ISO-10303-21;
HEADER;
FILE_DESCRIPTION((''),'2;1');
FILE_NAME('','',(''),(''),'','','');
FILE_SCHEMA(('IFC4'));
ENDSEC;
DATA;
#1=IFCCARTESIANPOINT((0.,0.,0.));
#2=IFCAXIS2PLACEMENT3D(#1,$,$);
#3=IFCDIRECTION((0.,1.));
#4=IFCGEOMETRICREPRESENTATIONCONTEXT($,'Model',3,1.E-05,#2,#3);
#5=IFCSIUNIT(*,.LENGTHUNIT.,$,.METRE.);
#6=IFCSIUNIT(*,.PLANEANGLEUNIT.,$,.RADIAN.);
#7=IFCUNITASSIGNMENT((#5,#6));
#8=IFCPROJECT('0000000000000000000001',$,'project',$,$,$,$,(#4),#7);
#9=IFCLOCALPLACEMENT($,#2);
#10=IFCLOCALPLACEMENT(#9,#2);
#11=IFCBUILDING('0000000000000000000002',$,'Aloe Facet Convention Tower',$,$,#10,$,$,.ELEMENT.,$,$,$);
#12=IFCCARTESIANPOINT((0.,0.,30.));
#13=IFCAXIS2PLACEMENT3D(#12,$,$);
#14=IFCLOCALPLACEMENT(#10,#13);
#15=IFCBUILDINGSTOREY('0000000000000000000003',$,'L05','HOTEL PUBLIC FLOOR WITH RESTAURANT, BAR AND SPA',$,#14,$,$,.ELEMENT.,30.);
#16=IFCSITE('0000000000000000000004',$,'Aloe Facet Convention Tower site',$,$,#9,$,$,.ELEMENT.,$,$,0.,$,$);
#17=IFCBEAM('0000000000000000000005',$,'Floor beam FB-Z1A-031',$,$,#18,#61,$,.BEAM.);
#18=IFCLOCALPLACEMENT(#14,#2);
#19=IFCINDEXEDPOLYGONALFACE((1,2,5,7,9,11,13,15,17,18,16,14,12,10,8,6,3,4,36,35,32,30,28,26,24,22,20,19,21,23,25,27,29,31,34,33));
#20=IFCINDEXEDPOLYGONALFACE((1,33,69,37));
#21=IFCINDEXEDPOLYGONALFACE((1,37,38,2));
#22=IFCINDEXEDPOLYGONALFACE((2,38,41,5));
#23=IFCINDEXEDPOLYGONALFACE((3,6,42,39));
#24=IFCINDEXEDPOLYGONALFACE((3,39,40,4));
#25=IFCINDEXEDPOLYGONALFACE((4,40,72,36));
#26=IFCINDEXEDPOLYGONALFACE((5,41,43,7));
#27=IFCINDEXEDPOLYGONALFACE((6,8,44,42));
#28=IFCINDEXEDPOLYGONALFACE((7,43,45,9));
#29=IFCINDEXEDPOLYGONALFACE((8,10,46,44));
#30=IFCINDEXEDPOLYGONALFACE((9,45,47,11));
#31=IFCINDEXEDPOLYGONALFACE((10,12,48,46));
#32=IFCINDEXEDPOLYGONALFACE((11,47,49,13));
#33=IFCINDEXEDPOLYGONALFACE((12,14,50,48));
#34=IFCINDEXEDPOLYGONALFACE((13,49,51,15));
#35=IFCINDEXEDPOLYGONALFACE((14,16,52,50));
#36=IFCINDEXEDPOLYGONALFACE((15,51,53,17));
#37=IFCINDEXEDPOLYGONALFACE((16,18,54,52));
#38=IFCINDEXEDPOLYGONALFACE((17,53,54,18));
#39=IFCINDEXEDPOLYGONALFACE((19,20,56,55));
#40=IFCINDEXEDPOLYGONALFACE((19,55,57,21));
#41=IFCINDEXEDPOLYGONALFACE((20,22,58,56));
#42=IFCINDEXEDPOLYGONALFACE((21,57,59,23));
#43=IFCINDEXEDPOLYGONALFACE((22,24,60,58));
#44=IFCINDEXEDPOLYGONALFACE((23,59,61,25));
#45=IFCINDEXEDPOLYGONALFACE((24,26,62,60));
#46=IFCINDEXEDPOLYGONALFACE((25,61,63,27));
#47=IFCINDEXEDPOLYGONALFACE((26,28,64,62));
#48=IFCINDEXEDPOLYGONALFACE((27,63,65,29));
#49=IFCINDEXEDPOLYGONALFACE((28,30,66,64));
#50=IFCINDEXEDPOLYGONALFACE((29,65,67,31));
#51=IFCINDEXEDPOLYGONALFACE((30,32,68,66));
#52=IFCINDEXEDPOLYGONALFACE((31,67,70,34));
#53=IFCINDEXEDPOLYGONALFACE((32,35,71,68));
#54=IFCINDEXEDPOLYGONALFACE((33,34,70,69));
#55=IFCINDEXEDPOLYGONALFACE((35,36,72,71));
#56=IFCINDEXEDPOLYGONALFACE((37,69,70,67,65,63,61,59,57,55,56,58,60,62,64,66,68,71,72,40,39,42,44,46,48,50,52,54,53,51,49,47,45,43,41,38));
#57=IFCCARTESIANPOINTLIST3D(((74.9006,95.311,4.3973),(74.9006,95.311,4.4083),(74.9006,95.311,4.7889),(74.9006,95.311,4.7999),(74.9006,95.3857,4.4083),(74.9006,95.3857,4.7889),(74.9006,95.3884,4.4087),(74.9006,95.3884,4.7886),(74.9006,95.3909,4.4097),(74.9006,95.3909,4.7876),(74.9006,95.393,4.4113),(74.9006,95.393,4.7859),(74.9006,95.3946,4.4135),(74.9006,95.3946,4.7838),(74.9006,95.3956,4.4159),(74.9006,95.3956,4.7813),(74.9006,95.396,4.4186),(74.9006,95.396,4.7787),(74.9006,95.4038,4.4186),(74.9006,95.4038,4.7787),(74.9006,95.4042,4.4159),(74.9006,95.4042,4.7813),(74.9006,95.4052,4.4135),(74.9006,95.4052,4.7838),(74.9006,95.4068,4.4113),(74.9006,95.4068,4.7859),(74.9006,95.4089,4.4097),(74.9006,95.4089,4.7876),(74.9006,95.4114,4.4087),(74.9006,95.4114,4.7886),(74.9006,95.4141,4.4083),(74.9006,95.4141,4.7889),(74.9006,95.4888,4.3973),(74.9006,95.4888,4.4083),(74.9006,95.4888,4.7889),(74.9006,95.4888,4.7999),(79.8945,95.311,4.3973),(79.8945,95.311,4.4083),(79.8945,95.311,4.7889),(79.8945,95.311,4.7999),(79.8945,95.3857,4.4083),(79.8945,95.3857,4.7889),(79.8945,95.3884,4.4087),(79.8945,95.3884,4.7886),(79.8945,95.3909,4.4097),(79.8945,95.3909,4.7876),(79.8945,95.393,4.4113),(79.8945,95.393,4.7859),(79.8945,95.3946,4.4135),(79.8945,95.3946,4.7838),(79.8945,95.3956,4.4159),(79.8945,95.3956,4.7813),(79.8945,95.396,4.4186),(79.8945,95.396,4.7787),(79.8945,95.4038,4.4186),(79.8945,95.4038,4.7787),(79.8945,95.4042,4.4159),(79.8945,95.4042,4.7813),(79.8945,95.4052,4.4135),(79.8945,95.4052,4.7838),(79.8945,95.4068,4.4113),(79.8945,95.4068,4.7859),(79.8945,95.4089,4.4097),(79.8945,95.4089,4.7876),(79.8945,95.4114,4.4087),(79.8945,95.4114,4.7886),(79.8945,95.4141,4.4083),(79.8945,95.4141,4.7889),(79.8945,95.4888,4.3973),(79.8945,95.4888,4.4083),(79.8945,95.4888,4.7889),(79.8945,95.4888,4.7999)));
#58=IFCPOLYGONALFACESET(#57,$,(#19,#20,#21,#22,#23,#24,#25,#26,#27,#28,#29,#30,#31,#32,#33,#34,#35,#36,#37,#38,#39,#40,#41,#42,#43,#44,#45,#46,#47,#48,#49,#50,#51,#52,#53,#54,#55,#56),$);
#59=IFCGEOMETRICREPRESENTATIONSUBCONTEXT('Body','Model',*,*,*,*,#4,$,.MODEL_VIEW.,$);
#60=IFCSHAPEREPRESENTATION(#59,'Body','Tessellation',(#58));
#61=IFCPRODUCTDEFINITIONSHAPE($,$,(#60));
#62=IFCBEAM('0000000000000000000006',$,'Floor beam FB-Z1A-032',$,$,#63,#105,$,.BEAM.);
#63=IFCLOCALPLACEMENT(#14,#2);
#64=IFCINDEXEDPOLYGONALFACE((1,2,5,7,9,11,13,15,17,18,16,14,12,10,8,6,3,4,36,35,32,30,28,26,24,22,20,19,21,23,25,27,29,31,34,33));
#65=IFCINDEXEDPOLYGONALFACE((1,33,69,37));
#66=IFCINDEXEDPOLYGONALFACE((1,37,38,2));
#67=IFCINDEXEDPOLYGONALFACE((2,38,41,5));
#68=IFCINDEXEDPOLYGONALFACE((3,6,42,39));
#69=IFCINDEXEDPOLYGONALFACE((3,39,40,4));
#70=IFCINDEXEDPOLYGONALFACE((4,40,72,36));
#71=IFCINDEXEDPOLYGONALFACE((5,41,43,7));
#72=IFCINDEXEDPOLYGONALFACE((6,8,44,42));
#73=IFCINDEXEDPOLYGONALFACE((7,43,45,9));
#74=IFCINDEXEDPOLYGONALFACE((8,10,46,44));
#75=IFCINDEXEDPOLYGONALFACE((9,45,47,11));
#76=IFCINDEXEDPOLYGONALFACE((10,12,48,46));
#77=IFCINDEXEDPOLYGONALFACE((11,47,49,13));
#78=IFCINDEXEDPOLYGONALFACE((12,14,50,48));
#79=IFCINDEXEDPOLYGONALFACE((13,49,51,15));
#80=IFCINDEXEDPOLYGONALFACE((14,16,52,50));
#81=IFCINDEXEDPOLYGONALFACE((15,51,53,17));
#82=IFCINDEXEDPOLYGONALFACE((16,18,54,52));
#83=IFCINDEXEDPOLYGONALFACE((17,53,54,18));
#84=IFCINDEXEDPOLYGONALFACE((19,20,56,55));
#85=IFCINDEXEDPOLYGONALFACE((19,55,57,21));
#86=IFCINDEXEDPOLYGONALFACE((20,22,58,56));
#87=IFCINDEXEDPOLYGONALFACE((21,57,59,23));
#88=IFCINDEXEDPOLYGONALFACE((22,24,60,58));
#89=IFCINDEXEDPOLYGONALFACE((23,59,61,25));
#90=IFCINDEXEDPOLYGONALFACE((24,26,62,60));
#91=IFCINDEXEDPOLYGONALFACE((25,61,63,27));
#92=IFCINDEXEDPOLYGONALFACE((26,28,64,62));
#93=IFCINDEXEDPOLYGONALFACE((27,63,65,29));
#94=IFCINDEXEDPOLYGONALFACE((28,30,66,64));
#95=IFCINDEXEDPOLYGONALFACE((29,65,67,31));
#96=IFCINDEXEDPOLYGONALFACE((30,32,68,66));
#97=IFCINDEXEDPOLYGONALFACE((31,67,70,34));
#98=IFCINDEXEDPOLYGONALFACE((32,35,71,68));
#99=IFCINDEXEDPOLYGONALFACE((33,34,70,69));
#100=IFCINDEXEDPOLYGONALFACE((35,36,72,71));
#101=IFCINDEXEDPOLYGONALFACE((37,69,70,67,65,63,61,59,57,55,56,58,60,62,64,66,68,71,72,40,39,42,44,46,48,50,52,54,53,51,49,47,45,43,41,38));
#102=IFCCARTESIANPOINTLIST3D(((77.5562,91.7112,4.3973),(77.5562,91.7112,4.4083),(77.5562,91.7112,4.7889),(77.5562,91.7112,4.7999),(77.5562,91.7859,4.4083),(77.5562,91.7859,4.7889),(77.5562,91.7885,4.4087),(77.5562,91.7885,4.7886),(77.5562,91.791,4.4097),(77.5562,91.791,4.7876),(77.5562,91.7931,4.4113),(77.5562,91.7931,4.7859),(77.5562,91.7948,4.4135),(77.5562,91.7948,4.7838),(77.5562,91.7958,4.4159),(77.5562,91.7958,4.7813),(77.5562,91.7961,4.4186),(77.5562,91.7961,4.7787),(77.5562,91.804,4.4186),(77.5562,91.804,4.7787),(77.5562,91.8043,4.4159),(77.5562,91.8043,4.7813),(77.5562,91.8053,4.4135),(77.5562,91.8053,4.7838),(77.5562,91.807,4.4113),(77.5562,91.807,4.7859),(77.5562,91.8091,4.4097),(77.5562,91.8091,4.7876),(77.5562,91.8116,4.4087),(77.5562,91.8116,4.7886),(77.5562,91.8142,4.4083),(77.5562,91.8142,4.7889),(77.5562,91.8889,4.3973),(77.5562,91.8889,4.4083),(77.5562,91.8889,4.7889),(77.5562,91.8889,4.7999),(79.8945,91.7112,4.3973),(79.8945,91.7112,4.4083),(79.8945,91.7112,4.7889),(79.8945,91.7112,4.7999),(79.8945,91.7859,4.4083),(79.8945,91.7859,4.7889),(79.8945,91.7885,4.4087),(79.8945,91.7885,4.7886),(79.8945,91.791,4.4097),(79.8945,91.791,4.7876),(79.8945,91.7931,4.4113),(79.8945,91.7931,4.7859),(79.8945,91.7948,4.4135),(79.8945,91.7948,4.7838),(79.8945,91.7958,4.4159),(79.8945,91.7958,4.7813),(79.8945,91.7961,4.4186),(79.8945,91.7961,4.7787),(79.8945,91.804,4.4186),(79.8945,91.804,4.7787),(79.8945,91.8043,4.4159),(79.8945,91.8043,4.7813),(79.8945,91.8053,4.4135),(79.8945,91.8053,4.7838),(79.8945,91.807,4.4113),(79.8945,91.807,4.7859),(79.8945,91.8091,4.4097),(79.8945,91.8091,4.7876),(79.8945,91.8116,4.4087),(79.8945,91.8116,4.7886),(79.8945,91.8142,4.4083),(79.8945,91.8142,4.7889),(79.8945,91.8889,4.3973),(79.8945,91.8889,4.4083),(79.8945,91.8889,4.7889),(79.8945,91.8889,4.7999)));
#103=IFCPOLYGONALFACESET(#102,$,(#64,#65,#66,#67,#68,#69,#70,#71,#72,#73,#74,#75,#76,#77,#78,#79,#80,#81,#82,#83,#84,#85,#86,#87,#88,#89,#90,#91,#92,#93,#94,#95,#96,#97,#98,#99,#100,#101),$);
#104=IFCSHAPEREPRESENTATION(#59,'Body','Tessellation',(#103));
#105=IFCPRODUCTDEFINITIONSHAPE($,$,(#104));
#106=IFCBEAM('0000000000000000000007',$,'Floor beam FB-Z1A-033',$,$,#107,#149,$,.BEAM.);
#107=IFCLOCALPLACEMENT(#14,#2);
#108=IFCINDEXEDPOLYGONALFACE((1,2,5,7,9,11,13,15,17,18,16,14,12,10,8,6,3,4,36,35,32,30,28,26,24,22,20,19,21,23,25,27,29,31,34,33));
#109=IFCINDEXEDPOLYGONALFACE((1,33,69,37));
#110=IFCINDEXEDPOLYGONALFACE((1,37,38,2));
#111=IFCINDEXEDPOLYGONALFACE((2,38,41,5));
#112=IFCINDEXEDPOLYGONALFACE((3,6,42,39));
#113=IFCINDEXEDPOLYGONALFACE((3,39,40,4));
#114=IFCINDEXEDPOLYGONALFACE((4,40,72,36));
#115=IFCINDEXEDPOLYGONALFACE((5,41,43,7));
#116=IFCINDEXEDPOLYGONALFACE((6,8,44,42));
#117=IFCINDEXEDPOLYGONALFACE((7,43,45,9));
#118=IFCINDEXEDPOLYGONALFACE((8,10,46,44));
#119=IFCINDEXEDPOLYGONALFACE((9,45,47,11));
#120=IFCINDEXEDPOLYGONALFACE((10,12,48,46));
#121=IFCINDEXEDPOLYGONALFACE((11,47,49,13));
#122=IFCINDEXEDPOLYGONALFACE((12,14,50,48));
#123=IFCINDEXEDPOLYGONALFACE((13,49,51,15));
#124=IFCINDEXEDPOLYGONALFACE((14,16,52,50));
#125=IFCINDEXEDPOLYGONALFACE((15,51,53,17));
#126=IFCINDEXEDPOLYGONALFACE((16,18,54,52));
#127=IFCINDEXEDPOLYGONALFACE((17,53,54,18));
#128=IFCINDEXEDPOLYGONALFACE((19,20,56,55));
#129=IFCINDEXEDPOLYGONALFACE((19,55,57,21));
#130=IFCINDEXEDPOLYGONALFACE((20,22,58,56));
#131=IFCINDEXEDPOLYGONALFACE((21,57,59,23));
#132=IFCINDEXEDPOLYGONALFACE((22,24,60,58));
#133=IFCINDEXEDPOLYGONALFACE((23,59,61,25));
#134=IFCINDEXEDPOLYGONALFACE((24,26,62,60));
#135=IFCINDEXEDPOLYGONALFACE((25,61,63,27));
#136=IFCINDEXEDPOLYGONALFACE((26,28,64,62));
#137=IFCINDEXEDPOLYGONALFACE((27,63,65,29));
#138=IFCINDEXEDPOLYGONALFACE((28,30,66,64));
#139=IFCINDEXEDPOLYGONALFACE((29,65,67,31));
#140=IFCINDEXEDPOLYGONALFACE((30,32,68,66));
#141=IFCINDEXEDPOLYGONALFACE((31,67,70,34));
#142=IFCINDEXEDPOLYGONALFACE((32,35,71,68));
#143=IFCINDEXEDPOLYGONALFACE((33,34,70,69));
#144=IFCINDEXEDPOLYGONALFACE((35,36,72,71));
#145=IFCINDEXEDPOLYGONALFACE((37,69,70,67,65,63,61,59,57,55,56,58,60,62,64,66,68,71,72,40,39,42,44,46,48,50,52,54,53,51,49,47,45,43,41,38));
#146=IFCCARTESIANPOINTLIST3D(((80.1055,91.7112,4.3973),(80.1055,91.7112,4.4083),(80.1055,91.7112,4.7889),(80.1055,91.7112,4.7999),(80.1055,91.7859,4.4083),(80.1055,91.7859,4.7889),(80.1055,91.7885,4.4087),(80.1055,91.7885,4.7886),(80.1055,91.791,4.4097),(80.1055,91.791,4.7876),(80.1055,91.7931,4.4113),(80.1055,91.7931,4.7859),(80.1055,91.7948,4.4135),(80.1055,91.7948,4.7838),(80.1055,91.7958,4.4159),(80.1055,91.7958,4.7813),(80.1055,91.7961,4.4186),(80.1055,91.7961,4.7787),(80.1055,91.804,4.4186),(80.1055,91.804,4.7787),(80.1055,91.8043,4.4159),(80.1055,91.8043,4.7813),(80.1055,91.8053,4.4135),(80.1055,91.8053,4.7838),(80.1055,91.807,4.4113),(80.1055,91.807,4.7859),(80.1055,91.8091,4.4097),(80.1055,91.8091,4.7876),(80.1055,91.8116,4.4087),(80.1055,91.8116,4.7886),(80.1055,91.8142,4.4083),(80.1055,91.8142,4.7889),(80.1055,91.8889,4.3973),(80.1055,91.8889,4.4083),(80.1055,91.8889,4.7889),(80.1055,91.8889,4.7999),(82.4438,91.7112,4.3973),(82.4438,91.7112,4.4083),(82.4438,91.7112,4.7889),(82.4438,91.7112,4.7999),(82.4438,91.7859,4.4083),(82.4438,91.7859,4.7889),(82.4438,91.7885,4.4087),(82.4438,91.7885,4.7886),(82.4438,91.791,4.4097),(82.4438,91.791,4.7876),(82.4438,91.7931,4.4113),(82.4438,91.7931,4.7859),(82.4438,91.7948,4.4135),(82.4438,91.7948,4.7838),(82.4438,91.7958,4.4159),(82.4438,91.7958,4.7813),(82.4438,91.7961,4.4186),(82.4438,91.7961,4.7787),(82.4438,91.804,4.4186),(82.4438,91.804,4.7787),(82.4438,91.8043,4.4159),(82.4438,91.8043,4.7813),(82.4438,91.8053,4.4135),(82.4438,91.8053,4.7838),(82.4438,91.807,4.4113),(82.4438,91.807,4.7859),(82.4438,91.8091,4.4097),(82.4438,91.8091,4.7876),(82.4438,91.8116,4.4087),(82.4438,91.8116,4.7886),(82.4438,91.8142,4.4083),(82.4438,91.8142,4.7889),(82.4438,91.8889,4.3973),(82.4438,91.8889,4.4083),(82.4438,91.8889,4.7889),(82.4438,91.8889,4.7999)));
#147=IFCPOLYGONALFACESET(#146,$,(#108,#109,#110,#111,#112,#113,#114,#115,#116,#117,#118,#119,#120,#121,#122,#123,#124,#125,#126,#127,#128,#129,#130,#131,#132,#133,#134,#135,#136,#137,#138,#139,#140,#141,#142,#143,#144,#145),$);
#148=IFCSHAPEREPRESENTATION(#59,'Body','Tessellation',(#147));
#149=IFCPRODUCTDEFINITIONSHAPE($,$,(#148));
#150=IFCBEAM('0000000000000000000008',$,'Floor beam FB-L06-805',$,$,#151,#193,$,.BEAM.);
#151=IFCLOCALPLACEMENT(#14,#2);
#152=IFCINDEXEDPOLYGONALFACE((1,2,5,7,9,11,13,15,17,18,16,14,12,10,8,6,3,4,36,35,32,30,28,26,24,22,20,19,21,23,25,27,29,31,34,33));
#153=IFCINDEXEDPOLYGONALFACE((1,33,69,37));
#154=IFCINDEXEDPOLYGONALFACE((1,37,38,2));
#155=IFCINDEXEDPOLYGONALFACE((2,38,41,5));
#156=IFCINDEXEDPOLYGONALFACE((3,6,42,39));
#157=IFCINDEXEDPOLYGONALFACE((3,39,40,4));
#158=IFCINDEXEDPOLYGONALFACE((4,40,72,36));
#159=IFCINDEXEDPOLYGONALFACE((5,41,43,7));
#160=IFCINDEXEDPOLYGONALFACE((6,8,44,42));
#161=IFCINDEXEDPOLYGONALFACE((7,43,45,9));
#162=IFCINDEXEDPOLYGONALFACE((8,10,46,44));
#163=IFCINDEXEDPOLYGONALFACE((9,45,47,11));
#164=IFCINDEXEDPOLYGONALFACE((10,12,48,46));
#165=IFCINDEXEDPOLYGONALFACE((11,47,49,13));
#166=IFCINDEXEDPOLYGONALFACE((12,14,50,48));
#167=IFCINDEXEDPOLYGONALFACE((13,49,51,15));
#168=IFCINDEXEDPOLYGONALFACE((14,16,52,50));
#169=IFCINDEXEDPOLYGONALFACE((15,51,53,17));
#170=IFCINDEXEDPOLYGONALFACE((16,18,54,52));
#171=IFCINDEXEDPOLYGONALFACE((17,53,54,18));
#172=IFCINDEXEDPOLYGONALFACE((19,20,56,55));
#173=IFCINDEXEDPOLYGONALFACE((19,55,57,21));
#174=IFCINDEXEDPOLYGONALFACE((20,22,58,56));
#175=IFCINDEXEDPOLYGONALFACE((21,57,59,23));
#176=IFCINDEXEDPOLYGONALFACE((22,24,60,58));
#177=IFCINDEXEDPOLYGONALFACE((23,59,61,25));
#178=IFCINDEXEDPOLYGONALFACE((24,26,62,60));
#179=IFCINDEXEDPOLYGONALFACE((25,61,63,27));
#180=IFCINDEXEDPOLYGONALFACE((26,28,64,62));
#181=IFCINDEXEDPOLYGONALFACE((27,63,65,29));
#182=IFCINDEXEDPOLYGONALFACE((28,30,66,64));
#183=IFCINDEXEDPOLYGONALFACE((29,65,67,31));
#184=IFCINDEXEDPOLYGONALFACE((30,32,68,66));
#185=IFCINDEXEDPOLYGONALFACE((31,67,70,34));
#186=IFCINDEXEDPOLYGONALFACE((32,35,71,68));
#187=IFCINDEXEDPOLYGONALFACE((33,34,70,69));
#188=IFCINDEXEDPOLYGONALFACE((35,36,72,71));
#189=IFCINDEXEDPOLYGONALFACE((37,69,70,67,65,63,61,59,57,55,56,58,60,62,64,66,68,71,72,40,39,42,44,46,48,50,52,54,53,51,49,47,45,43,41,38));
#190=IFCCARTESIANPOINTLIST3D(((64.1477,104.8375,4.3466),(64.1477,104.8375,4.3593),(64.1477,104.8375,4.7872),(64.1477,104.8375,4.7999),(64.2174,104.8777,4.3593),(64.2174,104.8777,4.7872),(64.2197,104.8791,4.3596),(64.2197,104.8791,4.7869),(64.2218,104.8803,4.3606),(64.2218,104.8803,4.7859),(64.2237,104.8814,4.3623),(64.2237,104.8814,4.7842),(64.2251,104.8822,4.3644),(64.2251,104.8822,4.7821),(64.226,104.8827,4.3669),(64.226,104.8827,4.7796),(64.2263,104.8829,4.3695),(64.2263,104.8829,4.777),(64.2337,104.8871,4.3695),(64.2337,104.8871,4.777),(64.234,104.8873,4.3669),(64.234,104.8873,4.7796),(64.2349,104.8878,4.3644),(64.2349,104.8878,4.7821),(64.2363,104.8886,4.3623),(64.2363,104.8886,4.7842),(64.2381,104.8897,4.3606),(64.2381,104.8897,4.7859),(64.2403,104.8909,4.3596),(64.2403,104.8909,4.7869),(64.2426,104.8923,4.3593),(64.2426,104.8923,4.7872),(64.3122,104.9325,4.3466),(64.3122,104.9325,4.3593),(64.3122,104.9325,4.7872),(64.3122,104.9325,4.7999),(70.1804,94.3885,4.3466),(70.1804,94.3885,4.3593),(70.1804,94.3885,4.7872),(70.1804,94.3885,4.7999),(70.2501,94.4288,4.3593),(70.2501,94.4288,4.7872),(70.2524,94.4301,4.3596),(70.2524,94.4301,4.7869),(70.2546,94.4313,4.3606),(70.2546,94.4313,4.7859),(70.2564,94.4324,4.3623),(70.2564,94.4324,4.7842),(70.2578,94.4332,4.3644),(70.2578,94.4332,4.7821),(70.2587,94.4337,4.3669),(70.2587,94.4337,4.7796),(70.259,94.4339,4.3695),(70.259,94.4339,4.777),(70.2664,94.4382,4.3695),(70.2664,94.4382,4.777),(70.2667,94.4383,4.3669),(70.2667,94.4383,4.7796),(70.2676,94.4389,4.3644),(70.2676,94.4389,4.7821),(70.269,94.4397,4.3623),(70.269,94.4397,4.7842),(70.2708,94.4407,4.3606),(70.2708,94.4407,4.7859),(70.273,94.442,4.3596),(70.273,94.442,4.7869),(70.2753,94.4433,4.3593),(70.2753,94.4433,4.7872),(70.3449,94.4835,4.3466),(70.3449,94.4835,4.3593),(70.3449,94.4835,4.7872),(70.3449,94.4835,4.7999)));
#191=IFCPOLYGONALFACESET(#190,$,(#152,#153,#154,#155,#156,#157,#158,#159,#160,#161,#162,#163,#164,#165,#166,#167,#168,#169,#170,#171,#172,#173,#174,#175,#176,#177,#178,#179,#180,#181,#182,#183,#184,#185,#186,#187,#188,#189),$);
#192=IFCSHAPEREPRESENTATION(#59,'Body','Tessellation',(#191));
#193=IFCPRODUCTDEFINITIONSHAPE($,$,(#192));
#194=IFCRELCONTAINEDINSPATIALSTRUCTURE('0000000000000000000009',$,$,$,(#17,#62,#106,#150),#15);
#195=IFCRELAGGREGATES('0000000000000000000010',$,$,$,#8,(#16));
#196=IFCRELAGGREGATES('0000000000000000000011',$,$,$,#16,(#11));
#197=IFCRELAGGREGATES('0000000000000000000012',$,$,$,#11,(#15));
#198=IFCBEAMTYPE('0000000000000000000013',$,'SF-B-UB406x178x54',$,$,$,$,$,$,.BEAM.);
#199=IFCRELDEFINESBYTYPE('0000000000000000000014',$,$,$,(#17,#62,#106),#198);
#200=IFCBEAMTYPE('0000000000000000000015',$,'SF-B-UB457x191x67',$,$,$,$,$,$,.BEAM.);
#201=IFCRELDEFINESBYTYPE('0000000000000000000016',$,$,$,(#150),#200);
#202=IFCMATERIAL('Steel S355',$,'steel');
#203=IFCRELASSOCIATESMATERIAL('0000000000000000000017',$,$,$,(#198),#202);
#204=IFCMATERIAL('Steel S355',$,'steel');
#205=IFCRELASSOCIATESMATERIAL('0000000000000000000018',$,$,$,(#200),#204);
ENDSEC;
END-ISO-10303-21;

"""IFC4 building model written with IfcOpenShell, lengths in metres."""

from ifc_helpers import new_model, si_unit, direction, frame, origin, origin_2d, place, context, subcontext, project, spatial, i_section, extrude, material, material_profile, profile_set, type_object, element, save


model = new_model("IFC4")

# Units and contexts
model_context = context("Model", 3, precision=1e-05, world=origin(), true_north=direction((0.0, 1.0)))
body_context = subcontext(model_context, "Body", "Model", "MODEL_VIEW")
ifc_project = project(units=[si_unit("LENGTHUNIT", "METRE"), si_unit("PLANEANGLEUNIT", "RADIAN")], contexts=[model_context])

# Site, building, storey
site_placement = place(None, origin())
site = spatial("IfcSite", under=ifc_project, at=site_placement, Name="Aloe Facet Convention Tower site", CompositionType="ELEMENT", RefElevation=0.0)
building_placement = place(site_placement, origin())
building = spatial("IfcBuilding", under=site, at=building_placement, Name="Aloe Facet Convention Tower", CompositionType="ELEMENT")
storey_placement = place(building_placement, frame((0.0, 0.0, 30.0)))
storey = spatial("IfcBuildingStorey", under=building, at=storey_placement, Name="L05", Description="HOTEL PUBLIC FLOOR WITH RESTAURANT, BAR AND SPA", CompositionType="ELEMENT", Elevation=30.0)

# Beams
ifc_material_1 = material(Name="Steel S355", Category="steel")
ifc_material_profile_1 = material_profile(ifc_material_1, i_section(OverallWidth=0.1777, OverallDepth=0.4026, WebThickness=0.0078, FlangeThickness=0.011, FilletRadius=0.0103, at=origin_2d()), Name="UB 406x178x54")
ifc_profile_set_1 = profile_set([ifc_material_profile_1], Name="Steel S355")
beam_type_1 = type_object("IfcBeamType", Name="SF-B-UB406x178x54", PredefinedType="BEAM", material=ifc_profile_set_1)
beam_1_placement = place(storey_placement, frame((74.9006, 95.3999, 4.5986), z_axis=(1.0, 0.0, 0.0), x_axis=(0.0, 1.0, 0.0)))
element("IfcBeam", 1, at=beam_1_placement, inside=storey, type_object=beam_type_1, Name="Floor beam FB-Z1A-031", PredefinedType="BEAM", context=body_context, shape_type="SweptSolid", body=[
    extrude(i_section(OverallWidth=0.1777, OverallDepth=0.4026, WebThickness=0.0078, FlangeThickness=0.011, FilletRadius=0.0103, at=origin_2d()), origin(), (0.0, 0.0, 1.0), 4.9939),
])
for number, where, z_axis, x_axis, name in (
    (2, (77.5562, 91.8, 4.5986), (1.0, 0.0, 0.0), (0.0, 1.0, 0.0), "Floor beam FB-Z1A-032"),
    (3, (80.1055, 91.8, 4.5986), (1.0, 0.0, 0.0), (0.0, 1.0, 0.0), "Floor beam FB-Z1A-033"),
):
    element("IfcBeam", number, at=place(storey_placement, frame(where, z_axis=z_axis, x_axis=x_axis)), inside=storey, type_object=beam_type_1, Name=name, PredefinedType="BEAM", context=body_context, shape_type="SweptSolid", body=[
        extrude(i_section(OverallWidth=0.1777, OverallDepth=0.4026, WebThickness=0.0078, FlangeThickness=0.011, FilletRadius=0.0103, at=origin_2d()), origin(), (0.0, 0.0, 1.0), 2.3384),
    ])
ifc_material_2 = material(Name="Steel S355", Category="steel")
ifc_material_profile_2 = material_profile(ifc_material_2, i_section(OverallWidth=0.1899, OverallDepth=0.4534, WebThickness=0.0085, FlangeThickness=0.0127, FilletRadius=0.0103, at=origin_2d()), Name="UB 457x191x67")
ifc_profile_set_2 = profile_set([ifc_material_profile_2], Name="Steel S355")
beam_type_2 = type_object("IfcBeamType", Name="SF-B-UB457x191x67", PredefinedType="BEAM", material=ifc_profile_set_2)
beam_2_placement = place(storey_placement, frame((70.2627, 94.436, 4.5732), z_axis=(-0.5, 0.866026, 0.0), x_axis=(-0.866026, -0.5, 0.0)))
element("IfcBeam", 4, at=beam_2_placement, inside=storey, type_object=beam_type_2, Name="Floor beam FB-L06-805", PredefinedType="BEAM", context=body_context, shape_type="SweptSolid", body=[
    extrude(i_section(OverallWidth=0.1899, OverallDepth=0.4534, WebThickness=0.0085, FlangeThickness=0.0127, FilletRadius=0.0103, at=origin_2d()), origin(), (0.0, 0.0, 1.0), 12.0654),
])

save(model, "model.ifc")
